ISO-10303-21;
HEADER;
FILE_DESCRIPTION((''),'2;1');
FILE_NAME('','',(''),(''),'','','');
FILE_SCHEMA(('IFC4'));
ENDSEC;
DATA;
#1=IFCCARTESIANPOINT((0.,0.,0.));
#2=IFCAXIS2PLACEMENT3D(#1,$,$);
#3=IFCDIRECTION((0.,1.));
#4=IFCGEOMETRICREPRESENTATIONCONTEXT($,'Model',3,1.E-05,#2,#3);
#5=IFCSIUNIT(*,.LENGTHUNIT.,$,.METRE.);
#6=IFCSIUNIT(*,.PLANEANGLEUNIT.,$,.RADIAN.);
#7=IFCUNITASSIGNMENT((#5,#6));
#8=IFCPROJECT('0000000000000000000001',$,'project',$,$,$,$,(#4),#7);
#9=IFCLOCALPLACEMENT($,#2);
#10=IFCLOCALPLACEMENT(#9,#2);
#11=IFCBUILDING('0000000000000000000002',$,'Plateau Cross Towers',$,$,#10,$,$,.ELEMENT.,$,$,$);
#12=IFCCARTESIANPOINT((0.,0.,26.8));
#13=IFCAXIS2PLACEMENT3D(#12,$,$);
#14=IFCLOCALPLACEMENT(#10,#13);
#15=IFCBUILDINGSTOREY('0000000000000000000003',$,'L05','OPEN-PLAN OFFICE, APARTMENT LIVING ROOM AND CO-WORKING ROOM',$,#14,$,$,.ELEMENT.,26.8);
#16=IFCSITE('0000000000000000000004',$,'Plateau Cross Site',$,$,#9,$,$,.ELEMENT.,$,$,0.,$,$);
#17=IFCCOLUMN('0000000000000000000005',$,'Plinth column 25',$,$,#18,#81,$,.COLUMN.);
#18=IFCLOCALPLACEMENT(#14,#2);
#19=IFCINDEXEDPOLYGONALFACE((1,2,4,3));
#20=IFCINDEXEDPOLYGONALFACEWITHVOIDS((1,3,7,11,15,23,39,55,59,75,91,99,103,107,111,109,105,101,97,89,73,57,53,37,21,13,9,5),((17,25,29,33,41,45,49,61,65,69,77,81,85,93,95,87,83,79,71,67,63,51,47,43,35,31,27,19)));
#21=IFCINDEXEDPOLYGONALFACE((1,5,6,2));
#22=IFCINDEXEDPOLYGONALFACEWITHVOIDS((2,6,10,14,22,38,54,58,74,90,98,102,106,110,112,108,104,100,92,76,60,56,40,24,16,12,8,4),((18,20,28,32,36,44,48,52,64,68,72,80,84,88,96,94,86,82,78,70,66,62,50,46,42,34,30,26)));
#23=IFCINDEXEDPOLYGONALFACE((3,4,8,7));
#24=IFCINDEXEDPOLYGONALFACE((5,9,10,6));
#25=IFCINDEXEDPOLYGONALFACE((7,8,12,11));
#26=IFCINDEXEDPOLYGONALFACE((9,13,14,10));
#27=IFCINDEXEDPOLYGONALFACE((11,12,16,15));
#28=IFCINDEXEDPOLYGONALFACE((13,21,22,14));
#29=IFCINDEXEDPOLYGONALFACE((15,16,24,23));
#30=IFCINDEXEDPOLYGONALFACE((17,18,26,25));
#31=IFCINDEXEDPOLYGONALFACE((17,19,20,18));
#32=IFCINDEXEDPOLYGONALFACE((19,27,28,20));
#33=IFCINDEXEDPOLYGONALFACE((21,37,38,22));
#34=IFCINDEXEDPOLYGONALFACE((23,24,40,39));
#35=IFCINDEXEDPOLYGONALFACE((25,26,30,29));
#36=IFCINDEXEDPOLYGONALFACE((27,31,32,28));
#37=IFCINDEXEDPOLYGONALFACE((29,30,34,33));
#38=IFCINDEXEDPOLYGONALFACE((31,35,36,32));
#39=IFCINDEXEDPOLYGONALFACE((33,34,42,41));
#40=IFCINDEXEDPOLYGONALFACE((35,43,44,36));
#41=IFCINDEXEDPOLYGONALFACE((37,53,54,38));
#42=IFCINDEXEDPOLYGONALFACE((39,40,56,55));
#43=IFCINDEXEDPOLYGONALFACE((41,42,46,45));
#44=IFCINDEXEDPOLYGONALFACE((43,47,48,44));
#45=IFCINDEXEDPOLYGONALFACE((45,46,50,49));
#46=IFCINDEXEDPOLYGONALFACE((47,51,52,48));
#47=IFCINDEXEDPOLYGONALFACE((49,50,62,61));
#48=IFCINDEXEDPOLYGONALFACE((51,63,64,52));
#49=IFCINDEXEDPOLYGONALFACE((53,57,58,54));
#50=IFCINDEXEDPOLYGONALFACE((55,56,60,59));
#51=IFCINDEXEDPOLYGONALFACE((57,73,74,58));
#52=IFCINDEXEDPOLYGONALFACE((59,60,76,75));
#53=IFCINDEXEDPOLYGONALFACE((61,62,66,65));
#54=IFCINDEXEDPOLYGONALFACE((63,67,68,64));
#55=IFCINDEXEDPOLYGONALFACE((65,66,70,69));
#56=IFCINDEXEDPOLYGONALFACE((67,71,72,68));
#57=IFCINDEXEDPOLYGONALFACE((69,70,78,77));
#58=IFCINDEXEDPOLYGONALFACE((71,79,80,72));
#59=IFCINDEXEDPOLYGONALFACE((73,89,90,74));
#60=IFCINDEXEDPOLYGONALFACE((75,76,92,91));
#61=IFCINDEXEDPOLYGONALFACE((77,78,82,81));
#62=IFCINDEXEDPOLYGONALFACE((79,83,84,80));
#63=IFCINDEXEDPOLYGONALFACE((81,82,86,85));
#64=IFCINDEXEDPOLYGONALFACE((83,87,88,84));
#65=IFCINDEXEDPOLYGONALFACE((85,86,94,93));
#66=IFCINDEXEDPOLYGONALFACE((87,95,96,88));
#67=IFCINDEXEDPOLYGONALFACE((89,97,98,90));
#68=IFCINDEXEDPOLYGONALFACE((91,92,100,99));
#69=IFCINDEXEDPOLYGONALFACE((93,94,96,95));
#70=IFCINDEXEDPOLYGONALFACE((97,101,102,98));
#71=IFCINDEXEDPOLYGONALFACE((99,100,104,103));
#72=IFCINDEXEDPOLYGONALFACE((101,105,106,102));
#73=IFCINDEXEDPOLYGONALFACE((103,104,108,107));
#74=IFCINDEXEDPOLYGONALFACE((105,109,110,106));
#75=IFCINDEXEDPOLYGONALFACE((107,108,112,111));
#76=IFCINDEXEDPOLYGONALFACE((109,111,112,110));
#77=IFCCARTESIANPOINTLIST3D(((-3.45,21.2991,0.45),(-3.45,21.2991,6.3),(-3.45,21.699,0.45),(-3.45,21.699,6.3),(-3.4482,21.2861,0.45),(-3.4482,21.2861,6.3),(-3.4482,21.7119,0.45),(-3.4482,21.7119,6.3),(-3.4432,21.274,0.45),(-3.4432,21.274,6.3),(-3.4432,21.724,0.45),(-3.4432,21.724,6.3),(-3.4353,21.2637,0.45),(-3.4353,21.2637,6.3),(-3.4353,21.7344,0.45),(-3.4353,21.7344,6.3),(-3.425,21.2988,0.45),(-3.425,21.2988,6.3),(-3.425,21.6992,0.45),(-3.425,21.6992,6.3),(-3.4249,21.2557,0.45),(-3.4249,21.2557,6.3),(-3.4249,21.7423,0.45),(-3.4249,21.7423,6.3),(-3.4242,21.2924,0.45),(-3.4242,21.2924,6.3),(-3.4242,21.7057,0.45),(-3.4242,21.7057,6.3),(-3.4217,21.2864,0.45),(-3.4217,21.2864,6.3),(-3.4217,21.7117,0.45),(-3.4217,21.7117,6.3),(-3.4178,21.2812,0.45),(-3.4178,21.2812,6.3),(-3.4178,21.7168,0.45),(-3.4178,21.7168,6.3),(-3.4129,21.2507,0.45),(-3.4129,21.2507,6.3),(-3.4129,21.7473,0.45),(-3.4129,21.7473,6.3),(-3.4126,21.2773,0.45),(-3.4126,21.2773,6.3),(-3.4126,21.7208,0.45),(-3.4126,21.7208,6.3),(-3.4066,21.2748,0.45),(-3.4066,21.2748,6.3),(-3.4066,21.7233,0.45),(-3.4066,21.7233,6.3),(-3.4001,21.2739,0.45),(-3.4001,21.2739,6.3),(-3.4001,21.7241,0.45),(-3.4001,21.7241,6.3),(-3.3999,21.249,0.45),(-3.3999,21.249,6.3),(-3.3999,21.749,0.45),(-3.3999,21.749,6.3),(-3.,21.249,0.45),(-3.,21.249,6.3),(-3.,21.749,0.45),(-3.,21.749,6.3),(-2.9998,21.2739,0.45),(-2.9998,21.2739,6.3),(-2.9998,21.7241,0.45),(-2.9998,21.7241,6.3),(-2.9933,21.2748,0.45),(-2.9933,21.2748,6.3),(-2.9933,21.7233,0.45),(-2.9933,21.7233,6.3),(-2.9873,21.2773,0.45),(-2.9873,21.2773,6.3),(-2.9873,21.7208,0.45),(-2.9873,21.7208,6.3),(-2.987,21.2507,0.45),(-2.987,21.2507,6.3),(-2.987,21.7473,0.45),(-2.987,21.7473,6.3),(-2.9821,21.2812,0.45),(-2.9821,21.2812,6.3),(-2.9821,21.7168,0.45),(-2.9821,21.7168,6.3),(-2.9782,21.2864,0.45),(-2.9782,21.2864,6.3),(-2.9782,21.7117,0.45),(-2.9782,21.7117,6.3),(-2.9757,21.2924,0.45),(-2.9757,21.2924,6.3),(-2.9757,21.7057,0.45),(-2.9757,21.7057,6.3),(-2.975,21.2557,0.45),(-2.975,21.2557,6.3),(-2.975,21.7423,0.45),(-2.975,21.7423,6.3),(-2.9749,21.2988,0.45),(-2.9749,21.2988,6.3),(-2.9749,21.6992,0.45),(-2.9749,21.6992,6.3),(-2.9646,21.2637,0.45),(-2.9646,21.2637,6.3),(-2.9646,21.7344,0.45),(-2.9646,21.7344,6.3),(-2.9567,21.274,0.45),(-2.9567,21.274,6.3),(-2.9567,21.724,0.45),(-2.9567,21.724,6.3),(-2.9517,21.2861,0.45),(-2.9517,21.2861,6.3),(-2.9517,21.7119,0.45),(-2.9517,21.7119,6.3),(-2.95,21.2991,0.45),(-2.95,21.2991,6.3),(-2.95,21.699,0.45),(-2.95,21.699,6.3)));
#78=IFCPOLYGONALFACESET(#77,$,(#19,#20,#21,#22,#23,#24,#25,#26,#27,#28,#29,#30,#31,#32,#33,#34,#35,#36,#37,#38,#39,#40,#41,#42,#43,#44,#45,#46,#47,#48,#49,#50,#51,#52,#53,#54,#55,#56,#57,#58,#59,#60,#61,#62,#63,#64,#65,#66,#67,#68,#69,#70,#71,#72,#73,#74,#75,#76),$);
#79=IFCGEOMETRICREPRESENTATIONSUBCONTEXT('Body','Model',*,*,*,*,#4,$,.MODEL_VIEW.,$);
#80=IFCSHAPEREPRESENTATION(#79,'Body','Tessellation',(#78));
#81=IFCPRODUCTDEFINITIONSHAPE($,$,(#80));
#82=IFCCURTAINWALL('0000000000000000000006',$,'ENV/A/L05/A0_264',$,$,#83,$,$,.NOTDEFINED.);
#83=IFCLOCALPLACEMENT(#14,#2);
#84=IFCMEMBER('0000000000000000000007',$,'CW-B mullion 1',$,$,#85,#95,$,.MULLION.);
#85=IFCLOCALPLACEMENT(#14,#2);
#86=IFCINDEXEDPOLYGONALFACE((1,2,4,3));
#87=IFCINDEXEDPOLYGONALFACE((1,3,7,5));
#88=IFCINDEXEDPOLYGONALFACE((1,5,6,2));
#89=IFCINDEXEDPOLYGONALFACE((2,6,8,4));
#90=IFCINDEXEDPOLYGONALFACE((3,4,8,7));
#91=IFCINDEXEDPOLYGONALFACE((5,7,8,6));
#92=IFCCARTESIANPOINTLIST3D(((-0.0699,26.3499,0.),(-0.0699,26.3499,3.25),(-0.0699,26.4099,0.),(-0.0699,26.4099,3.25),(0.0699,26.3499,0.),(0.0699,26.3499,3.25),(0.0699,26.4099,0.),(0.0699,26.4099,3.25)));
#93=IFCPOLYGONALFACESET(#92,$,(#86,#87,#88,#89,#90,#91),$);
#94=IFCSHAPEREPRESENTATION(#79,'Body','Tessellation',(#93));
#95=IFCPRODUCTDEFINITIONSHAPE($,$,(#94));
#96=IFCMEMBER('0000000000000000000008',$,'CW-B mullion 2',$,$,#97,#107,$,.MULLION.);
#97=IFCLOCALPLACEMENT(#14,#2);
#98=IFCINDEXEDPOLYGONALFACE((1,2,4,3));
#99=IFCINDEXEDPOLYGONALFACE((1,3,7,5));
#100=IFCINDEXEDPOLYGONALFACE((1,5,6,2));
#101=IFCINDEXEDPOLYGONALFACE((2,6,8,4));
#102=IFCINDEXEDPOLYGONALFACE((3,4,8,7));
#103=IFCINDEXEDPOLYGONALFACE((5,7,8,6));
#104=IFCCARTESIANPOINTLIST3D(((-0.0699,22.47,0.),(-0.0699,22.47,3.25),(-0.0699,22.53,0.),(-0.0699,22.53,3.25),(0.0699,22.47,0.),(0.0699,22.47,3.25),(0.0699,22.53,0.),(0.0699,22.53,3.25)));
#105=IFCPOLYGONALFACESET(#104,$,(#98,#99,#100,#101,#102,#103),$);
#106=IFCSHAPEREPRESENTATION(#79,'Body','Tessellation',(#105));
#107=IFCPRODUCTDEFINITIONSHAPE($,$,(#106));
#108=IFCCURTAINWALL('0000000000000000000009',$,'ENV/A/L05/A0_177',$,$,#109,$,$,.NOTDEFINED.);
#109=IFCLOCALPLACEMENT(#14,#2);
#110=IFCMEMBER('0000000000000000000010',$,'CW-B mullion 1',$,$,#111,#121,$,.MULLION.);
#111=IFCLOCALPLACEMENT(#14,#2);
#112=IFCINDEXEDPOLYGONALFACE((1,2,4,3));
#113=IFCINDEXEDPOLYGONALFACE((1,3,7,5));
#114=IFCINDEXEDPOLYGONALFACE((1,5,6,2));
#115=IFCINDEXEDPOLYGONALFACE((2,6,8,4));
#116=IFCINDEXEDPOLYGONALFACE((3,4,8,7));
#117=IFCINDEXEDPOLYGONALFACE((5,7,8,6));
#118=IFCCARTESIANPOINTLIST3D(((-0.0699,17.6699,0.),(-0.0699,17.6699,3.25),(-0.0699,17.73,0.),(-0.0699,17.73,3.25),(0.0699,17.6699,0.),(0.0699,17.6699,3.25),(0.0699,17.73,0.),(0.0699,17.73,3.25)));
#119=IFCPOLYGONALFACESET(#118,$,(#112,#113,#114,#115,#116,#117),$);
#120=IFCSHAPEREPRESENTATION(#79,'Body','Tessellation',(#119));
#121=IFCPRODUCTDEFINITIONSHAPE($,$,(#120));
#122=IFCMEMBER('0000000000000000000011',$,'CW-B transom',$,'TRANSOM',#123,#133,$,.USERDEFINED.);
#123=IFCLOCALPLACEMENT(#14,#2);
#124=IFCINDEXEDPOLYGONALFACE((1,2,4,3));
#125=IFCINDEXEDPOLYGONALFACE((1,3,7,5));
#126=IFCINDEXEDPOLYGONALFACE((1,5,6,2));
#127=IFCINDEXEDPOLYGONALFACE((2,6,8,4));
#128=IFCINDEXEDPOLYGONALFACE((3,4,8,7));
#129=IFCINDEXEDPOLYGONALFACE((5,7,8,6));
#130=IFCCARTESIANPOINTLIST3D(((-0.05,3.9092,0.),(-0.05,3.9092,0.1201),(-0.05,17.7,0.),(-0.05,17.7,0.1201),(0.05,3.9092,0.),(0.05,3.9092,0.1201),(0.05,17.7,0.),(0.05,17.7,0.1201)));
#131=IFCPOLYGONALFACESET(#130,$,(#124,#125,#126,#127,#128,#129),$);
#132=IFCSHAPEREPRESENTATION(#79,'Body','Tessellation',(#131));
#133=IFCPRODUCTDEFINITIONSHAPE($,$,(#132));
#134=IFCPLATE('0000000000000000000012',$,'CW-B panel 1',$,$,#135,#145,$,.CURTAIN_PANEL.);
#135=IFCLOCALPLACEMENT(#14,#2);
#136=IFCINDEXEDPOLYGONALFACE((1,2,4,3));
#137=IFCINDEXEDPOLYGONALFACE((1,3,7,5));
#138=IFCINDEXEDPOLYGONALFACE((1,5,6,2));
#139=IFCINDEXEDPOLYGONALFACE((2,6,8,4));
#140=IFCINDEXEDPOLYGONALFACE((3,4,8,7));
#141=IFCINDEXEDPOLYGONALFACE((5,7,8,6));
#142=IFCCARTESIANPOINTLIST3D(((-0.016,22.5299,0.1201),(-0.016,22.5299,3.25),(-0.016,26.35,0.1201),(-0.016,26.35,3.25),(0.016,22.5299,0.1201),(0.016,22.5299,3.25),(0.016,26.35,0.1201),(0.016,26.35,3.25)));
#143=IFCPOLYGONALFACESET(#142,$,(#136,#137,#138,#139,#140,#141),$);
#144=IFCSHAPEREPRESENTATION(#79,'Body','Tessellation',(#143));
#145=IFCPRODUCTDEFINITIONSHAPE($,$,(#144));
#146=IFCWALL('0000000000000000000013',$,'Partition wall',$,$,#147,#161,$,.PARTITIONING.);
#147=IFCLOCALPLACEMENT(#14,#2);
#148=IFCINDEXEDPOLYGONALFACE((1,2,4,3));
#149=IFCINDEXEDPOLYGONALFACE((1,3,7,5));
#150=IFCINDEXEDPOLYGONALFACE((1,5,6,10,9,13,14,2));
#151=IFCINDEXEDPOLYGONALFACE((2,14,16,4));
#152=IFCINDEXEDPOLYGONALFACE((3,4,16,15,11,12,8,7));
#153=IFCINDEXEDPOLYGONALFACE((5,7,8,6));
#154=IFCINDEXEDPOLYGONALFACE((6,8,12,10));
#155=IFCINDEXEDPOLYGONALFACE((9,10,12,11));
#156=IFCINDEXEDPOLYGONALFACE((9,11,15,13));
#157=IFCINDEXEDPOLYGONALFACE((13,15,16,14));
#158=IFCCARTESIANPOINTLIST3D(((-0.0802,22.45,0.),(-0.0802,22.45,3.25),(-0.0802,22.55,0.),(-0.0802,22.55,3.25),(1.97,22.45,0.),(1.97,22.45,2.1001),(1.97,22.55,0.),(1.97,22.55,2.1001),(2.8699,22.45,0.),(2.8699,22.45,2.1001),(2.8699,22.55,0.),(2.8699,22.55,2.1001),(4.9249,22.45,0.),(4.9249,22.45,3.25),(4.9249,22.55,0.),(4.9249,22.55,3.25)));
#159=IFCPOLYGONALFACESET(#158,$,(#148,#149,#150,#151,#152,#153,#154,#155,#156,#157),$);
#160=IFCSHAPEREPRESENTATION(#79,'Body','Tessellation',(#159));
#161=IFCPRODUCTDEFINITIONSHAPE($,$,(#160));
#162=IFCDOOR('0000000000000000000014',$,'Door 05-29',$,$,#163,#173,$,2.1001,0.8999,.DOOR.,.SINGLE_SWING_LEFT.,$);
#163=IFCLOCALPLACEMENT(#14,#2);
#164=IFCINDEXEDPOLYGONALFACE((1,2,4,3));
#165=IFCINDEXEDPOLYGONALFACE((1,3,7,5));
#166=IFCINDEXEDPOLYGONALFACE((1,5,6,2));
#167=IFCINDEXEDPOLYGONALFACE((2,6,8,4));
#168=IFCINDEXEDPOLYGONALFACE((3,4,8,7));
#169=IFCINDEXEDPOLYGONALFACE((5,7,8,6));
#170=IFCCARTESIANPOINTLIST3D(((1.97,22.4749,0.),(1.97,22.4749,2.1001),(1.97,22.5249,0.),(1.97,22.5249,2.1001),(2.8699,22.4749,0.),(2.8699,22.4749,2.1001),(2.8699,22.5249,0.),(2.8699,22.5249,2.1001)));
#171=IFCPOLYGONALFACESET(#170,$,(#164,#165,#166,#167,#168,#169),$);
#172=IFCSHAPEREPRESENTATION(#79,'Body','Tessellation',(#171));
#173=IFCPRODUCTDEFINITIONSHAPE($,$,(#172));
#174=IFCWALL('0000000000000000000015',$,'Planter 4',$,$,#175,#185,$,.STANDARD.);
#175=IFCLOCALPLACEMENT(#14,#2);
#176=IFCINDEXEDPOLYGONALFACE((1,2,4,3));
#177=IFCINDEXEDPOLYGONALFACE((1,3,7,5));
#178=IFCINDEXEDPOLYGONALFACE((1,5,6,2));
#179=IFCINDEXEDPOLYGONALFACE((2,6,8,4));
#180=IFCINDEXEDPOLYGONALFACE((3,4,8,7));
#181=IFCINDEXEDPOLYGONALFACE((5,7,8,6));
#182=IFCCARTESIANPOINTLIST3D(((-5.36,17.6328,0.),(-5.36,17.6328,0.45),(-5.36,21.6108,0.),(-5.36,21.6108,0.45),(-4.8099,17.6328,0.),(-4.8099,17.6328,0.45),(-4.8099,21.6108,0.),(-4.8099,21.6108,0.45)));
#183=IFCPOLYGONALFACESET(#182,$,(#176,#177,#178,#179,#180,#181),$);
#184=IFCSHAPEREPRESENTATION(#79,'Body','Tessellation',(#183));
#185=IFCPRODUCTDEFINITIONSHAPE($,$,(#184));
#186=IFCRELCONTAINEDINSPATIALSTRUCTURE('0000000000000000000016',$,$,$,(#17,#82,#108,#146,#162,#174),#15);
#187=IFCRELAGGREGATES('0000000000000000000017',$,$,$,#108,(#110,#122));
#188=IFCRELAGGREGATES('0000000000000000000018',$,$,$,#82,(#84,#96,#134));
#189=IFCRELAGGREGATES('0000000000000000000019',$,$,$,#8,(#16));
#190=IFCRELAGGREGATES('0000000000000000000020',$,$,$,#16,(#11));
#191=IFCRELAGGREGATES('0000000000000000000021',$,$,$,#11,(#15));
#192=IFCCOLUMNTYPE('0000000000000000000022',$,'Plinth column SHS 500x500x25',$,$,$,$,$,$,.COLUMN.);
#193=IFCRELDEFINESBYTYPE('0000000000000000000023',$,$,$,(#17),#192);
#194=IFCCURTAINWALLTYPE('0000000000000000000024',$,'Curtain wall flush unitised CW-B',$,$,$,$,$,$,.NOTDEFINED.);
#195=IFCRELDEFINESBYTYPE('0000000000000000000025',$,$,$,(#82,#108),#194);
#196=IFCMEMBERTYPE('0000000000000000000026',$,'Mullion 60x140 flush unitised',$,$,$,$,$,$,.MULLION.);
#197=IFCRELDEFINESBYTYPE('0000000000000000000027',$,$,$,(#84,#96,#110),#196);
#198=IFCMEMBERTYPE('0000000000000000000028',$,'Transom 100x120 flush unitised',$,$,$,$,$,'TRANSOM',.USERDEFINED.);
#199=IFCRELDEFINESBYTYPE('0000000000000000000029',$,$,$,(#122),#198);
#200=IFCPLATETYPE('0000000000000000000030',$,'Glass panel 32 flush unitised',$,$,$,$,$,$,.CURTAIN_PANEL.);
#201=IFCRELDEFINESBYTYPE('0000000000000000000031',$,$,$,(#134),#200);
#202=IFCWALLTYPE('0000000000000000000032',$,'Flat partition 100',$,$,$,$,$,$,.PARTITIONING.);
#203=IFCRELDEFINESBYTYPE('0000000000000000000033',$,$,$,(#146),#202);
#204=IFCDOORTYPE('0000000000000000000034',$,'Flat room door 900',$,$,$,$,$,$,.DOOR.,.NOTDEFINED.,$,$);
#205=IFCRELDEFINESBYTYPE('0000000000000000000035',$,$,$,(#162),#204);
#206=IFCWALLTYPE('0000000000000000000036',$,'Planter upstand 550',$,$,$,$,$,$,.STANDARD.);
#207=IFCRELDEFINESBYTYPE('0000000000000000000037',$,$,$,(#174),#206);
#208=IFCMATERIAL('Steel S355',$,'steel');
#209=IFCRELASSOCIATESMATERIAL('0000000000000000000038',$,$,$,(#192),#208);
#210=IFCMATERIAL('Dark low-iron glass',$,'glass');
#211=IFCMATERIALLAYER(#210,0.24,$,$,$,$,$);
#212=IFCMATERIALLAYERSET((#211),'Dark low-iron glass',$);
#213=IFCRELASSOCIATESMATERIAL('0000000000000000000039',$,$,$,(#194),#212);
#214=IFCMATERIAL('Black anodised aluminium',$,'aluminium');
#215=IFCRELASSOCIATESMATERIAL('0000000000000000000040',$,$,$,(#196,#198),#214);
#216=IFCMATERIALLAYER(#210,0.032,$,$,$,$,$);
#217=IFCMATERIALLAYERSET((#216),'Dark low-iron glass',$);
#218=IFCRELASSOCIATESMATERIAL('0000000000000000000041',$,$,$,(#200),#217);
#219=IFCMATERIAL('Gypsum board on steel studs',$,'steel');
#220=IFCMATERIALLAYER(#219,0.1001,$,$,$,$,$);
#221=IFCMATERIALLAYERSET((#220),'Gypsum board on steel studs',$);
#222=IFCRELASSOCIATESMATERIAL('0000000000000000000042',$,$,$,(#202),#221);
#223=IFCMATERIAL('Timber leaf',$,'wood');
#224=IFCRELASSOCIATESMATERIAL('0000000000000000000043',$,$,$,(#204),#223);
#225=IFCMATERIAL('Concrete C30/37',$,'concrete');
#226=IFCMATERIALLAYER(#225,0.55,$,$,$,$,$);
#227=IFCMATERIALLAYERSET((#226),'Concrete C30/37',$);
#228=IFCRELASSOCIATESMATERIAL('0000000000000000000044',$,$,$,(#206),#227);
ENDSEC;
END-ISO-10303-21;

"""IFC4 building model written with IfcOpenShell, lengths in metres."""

from ifc_helpers import new_model, si_unit, direction, frame, frame_2d, origin, origin_2d, place, context, subcontext, project, spatial, rectangle, hollow_rectangle, extrude, material, layer, layer_set, material_profile, profile_set, type_object, element, fill, aggregate, save


model = new_model("IFC4")

# Units and contexts
model_context = context("Model", 3, precision=1e-05, world=origin(), true_north=direction((0.0, 1.0)))
body_context = subcontext(model_context, "Body", "Model", "MODEL_VIEW")
ifc_project = project(units=[si_unit("LENGTHUNIT", "METRE"), si_unit("PLANEANGLEUNIT", "RADIAN")], contexts=[model_context])

# Site, building, storey
site_placement = place(None, origin())
site = spatial("IfcSite", under=ifc_project, at=site_placement, Name="Plateau Cross Site", CompositionType="ELEMENT", RefElevation=0.0)
building_placement = place(site_placement, origin())
building = spatial("IfcBuilding", under=site, at=building_placement, Name="Plateau Cross Towers", CompositionType="ELEMENT")
storey_placement = place(building_placement, frame((0.0, 0.0, 26.8)))
storey = spatial("IfcBuildingStorey", under=building, at=storey_placement, Name="L05", Description="OPEN-PLAN OFFICE, APARTMENT LIVING ROOM AND CO-WORKING ROOM", CompositionType="ELEMENT", Elevation=26.8)

# Column
ifc_material_1 = material(Name="Steel S355", Category="steel")
ifc_material_profile_1 = material_profile(ifc_material_1, hollow_rectangle(XDim=0.5, YDim=0.5, WallThickness=0.0249, InnerFilletRadius=0.0249, OuterFilletRadius=0.05, at=origin_2d()), Name="SHS 500x500x25")
ifc_profile_set_1 = profile_set([ifc_material_profile_1], Name="Steel S355")
column_type = type_object("IfcColumnType", Name="Plinth column SHS 500x500x25", PredefinedType="COLUMN", material=ifc_profile_set_1)
column_placement = place(storey_placement, frame((-3.2, 21.499, 0.45), z_axis=(0.0, 0.0, 1.0), x_axis=(1.0, 0.0, 0.0)))
element("IfcColumn", 1, at=column_placement, inside=storey, type_object=column_type, Name="Plinth column 25", PredefinedType="COLUMN", context=body_context, shape_type="SweptSolid", body=[
    extrude(hollow_rectangle(XDim=0.5, YDim=0.5, WallThickness=0.0249, InnerFilletRadius=0.0249, OuterFilletRadius=0.05, at=origin_2d()), origin(), (0.0, 0.0, 1.0), 5.8501),
])

# Curtain walls, members
ifc_material_2 = material(Name="Dark low-iron glass", Category="glass")
ifc_layer_1 = layer(ifc_material_2, 0.24)
ifc_layer_set_1 = layer_set([ifc_layer_1], Name="Dark low-iron glass")
curtain_wall_type = type_object("IfcCurtainWallType", Name="Curtain wall flush unitised CW-B", PredefinedType="NOTDEFINED", material=ifc_layer_set_1)
curtain_wall_1_placement = place(storey_placement, origin())
curtain_wall_1 = element("IfcCurtainWall", 2, at=curtain_wall_1_placement, inside=storey, type_object=curtain_wall_type, Name="ENV/A/L05/A0_264", PredefinedType="NOTDEFINED")
ifc_material_3 = material(Name="Black anodised aluminium", Category="aluminium")
ifc_material_profile_2 = material_profile(ifc_material_3, rectangle(XDim=0.0601, YDim=0.1399, at=origin_2d()), Name="MULLION 60x140")
ifc_profile_set_2 = profile_set([ifc_material_profile_2], Name="Black anodised aluminium")
member_type_1 = type_object("IfcMemberType", Name="Mullion 60x140 flush unitised", PredefinedType="MULLION", material=ifc_profile_set_2)
member_1_placement = place(storey_placement, frame((0.0, 26.3799, 0.0), z_axis=(0.0, 0.0, 1.0), x_axis=(0.0, -1.0, 0.0)))
member_1 = element("IfcMember", 3, at=member_1_placement, type_object=member_type_1, Name="CW-B mullion 1", PredefinedType="MULLION", context=body_context, shape_type="SweptSolid", body=[
    extrude(rectangle(XDim=0.0601, YDim=0.1399, at=origin_2d()), origin(), (0.0, 0.0, 1.0), 3.25),
])
member_2_placement = place(storey_placement, frame((0.0, 22.5, 0.0), z_axis=(0.0, 0.0, 1.0), x_axis=(0.0, -1.0, 0.0)))
member_2 = element("IfcMember", 4, at=member_2_placement, type_object=member_type_1, Name="CW-B mullion 2", PredefinedType="MULLION", context=body_context, shape_type="SweptSolid", body=[
    extrude(rectangle(XDim=0.0601, YDim=0.1399, at=origin_2d()), origin(), (0.0, 0.0, 1.0), 3.25),
])
curtain_wall_2_placement = place(storey_placement, origin())
curtain_wall_2 = element("IfcCurtainWall", 5, at=curtain_wall_2_placement, inside=storey, type_object=curtain_wall_type, Name="ENV/A/L05/A0_177", PredefinedType="NOTDEFINED")
member_3_placement = place(storey_placement, frame((0.0, 17.7, 0.0), z_axis=(0.0, 0.0, 1.0), x_axis=(0.0, -1.0, 0.0)))
member_3 = element("IfcMember", 6, at=member_3_placement, type_object=member_type_1, Name="CW-B mullion 1", PredefinedType="MULLION", context=body_context, shape_type="SweptSolid", body=[
    extrude(rectangle(XDim=0.0601, YDim=0.1399, at=origin_2d()), origin(), (0.0, 0.0, 1.0), 3.25),
])
ifc_material_profile_3 = material_profile(ifc_material_3, rectangle(XDim=0.1001, YDim=0.1201, at=origin_2d()), Name="TRANSOM 100x120")
ifc_profile_set_3 = profile_set([ifc_material_profile_3], Name="Black anodised aluminium")
member_type_2 = type_object("IfcMemberType", Name="Transom 100x120 flush unitised", ElementType="TRANSOM", PredefinedType="USERDEFINED", material=ifc_profile_set_3)
member_4_placement = place(storey_placement, frame((0.0, 17.7, 0.0601), z_axis=(0.0, -1.0, 0.0), x_axis=(1.0, 0.0, 0.0)))
member_4 = element("IfcMember", 7, at=member_4_placement, type_object=member_type_2, Name="CW-B transom", ObjectType="TRANSOM", PredefinedType="USERDEFINED", context=body_context, shape_type="SweptSolid", body=[
    extrude(rectangle(XDim=0.1001, YDim=0.1201, at=origin_2d()), origin(), (0.0, 0.0, 1.0), 13.7908),
])
aggregate(curtain_wall_2, [member_3, member_4])

# Plate
ifc_layer_2 = layer(ifc_material_2, 0.032)
ifc_layer_set_2 = layer_set([ifc_layer_2], Name="Dark low-iron glass")
plate_type = type_object("IfcPlateType", Name="Glass panel 32 flush unitised", PredefinedType="CURTAIN_PANEL", material=ifc_layer_set_2)
plate_placement = place(storey_placement, frame((0.0, 24.4399, 0.1201), z_axis=(0.0, 0.0, 1.0), x_axis=(0.0, -1.0, 0.0)))
plate = element("IfcPlate", 8, at=plate_placement, type_object=plate_type, Name="CW-B panel 1", PredefinedType="CURTAIN_PANEL", context=body_context, shape_type="SweptSolid", body=[
    extrude(rectangle(XDim=3.8201, YDim=0.032, at=origin_2d()), origin(), (0.0, 0.0, 1.0), 3.1299),
])
aggregate(curtain_wall_1, [member_1, member_2, plate])

# Wall, opening, door
ifc_material_4 = material(Name="Gypsum board on steel studs", Category="steel")
ifc_layer_3 = layer(ifc_material_4, 0.1001)
ifc_layer_set_3 = layer_set([ifc_layer_3], Name="Gypsum board on steel studs")
wall_type_1 = type_object("IfcWallType", Name="Flat partition 100", PredefinedType="PARTITIONING", material=ifc_layer_set_3)
wall_1_placement = place(storey_placement, frame((-0.0801, 22.5, 0.0), z_axis=(0.0, 0.0, 1.0), x_axis=(1.0, 0.0, 0.0)))
wall_1 = element("IfcWall", 9, at=wall_1_placement, inside=storey, type_object=wall_type_1, Name="Partition wall", PredefinedType="PARTITIONING", context=body_context, shape_type="SweptSolid", body=[
    extrude(rectangle(XDim=5.0051, YDim=0.1001, at=frame_2d((2.5024, 0.0))), origin(), (0.0, 0.0, 1.0), 3.25),
])
opening_1_placement = place(wall_1_placement, frame((2.05, 0.0, 0.0)))
opening_1 = element("IfcOpeningElement", 10, at=opening_1_placement, cuts=wall_1, PredefinedType="OPENING", context=body_context, shape_type="SweptSolid", body=[
    extrude(rectangle(XDim=0.8999, YDim=2.1001, at=frame_2d((0.45, 1.05))), frame((0.0, 0.0601, 0.0), z_axis=(0.0, -1.0, 0.0), x_axis=(1.0, 0.0, 0.0)), (0.0, 0.0, 1.0), 0.1201),
])
ifc_material_5 = material(Name="Timber leaf", Category="wood")
door_type_1 = type_object("IfcDoorType", Name="Flat room door 900", OperationType="NOTDEFINED", PredefinedType="DOOR", material=ifc_material_5)
door_1_placement = place(opening_1_placement, origin())
door_1 = element("IfcDoor", 11, at=door_1_placement, inside=storey, type_object=door_type_1, Name="Door 05-29", OperationType="SINGLE_SWING_LEFT", OverallHeight=2.1001, OverallWidth=0.8999, PredefinedType="DOOR", context=body_context, shape_type="SweptSolid", body=[
    extrude(rectangle(XDim=0.8999, YDim=2.1001, at=frame_2d((0.45, 1.05))), frame((0.0, 0.0249, 0.0), z_axis=(0.0, -1.0, 0.0), x_axis=(1.0, 0.0, 0.0)), (0.0, 0.0, 1.0), 0.05),
])
fill(opening_1, door_1)

# Wall
ifc_material_6 = material(Name="Concrete C30/37", Category="concrete")
ifc_layer_4 = layer(ifc_material_6, 0.55)
ifc_layer_set_4 = layer_set([ifc_layer_4], Name="Concrete C30/37")
wall_type_2 = type_object("IfcWallType", Name="Planter upstand 550", PredefinedType="STANDARD", material=ifc_layer_set_4)
for number, where, z_axis, x_axis, name in (
    (12, (-5.085, 17.6328, 0.0), (0.0, 0.0, 1.0), (0.0, 1.0, 0.0), "Planter 4"),
):
    element("IfcWall", number, at=place(storey_placement, frame(where, z_axis=z_axis, x_axis=x_axis)), inside=storey, type_object=wall_type_2, Name=name, PredefinedType="STANDARD", context=body_context, shape_type="SweptSolid", body=[
        extrude(rectangle(XDim=3.978, YDim=0.55, at=frame_2d((1.989, 0.0))), origin(), (0.0, 0.0, 1.0), 0.45),
    ])

save(model, "model.ifc")
